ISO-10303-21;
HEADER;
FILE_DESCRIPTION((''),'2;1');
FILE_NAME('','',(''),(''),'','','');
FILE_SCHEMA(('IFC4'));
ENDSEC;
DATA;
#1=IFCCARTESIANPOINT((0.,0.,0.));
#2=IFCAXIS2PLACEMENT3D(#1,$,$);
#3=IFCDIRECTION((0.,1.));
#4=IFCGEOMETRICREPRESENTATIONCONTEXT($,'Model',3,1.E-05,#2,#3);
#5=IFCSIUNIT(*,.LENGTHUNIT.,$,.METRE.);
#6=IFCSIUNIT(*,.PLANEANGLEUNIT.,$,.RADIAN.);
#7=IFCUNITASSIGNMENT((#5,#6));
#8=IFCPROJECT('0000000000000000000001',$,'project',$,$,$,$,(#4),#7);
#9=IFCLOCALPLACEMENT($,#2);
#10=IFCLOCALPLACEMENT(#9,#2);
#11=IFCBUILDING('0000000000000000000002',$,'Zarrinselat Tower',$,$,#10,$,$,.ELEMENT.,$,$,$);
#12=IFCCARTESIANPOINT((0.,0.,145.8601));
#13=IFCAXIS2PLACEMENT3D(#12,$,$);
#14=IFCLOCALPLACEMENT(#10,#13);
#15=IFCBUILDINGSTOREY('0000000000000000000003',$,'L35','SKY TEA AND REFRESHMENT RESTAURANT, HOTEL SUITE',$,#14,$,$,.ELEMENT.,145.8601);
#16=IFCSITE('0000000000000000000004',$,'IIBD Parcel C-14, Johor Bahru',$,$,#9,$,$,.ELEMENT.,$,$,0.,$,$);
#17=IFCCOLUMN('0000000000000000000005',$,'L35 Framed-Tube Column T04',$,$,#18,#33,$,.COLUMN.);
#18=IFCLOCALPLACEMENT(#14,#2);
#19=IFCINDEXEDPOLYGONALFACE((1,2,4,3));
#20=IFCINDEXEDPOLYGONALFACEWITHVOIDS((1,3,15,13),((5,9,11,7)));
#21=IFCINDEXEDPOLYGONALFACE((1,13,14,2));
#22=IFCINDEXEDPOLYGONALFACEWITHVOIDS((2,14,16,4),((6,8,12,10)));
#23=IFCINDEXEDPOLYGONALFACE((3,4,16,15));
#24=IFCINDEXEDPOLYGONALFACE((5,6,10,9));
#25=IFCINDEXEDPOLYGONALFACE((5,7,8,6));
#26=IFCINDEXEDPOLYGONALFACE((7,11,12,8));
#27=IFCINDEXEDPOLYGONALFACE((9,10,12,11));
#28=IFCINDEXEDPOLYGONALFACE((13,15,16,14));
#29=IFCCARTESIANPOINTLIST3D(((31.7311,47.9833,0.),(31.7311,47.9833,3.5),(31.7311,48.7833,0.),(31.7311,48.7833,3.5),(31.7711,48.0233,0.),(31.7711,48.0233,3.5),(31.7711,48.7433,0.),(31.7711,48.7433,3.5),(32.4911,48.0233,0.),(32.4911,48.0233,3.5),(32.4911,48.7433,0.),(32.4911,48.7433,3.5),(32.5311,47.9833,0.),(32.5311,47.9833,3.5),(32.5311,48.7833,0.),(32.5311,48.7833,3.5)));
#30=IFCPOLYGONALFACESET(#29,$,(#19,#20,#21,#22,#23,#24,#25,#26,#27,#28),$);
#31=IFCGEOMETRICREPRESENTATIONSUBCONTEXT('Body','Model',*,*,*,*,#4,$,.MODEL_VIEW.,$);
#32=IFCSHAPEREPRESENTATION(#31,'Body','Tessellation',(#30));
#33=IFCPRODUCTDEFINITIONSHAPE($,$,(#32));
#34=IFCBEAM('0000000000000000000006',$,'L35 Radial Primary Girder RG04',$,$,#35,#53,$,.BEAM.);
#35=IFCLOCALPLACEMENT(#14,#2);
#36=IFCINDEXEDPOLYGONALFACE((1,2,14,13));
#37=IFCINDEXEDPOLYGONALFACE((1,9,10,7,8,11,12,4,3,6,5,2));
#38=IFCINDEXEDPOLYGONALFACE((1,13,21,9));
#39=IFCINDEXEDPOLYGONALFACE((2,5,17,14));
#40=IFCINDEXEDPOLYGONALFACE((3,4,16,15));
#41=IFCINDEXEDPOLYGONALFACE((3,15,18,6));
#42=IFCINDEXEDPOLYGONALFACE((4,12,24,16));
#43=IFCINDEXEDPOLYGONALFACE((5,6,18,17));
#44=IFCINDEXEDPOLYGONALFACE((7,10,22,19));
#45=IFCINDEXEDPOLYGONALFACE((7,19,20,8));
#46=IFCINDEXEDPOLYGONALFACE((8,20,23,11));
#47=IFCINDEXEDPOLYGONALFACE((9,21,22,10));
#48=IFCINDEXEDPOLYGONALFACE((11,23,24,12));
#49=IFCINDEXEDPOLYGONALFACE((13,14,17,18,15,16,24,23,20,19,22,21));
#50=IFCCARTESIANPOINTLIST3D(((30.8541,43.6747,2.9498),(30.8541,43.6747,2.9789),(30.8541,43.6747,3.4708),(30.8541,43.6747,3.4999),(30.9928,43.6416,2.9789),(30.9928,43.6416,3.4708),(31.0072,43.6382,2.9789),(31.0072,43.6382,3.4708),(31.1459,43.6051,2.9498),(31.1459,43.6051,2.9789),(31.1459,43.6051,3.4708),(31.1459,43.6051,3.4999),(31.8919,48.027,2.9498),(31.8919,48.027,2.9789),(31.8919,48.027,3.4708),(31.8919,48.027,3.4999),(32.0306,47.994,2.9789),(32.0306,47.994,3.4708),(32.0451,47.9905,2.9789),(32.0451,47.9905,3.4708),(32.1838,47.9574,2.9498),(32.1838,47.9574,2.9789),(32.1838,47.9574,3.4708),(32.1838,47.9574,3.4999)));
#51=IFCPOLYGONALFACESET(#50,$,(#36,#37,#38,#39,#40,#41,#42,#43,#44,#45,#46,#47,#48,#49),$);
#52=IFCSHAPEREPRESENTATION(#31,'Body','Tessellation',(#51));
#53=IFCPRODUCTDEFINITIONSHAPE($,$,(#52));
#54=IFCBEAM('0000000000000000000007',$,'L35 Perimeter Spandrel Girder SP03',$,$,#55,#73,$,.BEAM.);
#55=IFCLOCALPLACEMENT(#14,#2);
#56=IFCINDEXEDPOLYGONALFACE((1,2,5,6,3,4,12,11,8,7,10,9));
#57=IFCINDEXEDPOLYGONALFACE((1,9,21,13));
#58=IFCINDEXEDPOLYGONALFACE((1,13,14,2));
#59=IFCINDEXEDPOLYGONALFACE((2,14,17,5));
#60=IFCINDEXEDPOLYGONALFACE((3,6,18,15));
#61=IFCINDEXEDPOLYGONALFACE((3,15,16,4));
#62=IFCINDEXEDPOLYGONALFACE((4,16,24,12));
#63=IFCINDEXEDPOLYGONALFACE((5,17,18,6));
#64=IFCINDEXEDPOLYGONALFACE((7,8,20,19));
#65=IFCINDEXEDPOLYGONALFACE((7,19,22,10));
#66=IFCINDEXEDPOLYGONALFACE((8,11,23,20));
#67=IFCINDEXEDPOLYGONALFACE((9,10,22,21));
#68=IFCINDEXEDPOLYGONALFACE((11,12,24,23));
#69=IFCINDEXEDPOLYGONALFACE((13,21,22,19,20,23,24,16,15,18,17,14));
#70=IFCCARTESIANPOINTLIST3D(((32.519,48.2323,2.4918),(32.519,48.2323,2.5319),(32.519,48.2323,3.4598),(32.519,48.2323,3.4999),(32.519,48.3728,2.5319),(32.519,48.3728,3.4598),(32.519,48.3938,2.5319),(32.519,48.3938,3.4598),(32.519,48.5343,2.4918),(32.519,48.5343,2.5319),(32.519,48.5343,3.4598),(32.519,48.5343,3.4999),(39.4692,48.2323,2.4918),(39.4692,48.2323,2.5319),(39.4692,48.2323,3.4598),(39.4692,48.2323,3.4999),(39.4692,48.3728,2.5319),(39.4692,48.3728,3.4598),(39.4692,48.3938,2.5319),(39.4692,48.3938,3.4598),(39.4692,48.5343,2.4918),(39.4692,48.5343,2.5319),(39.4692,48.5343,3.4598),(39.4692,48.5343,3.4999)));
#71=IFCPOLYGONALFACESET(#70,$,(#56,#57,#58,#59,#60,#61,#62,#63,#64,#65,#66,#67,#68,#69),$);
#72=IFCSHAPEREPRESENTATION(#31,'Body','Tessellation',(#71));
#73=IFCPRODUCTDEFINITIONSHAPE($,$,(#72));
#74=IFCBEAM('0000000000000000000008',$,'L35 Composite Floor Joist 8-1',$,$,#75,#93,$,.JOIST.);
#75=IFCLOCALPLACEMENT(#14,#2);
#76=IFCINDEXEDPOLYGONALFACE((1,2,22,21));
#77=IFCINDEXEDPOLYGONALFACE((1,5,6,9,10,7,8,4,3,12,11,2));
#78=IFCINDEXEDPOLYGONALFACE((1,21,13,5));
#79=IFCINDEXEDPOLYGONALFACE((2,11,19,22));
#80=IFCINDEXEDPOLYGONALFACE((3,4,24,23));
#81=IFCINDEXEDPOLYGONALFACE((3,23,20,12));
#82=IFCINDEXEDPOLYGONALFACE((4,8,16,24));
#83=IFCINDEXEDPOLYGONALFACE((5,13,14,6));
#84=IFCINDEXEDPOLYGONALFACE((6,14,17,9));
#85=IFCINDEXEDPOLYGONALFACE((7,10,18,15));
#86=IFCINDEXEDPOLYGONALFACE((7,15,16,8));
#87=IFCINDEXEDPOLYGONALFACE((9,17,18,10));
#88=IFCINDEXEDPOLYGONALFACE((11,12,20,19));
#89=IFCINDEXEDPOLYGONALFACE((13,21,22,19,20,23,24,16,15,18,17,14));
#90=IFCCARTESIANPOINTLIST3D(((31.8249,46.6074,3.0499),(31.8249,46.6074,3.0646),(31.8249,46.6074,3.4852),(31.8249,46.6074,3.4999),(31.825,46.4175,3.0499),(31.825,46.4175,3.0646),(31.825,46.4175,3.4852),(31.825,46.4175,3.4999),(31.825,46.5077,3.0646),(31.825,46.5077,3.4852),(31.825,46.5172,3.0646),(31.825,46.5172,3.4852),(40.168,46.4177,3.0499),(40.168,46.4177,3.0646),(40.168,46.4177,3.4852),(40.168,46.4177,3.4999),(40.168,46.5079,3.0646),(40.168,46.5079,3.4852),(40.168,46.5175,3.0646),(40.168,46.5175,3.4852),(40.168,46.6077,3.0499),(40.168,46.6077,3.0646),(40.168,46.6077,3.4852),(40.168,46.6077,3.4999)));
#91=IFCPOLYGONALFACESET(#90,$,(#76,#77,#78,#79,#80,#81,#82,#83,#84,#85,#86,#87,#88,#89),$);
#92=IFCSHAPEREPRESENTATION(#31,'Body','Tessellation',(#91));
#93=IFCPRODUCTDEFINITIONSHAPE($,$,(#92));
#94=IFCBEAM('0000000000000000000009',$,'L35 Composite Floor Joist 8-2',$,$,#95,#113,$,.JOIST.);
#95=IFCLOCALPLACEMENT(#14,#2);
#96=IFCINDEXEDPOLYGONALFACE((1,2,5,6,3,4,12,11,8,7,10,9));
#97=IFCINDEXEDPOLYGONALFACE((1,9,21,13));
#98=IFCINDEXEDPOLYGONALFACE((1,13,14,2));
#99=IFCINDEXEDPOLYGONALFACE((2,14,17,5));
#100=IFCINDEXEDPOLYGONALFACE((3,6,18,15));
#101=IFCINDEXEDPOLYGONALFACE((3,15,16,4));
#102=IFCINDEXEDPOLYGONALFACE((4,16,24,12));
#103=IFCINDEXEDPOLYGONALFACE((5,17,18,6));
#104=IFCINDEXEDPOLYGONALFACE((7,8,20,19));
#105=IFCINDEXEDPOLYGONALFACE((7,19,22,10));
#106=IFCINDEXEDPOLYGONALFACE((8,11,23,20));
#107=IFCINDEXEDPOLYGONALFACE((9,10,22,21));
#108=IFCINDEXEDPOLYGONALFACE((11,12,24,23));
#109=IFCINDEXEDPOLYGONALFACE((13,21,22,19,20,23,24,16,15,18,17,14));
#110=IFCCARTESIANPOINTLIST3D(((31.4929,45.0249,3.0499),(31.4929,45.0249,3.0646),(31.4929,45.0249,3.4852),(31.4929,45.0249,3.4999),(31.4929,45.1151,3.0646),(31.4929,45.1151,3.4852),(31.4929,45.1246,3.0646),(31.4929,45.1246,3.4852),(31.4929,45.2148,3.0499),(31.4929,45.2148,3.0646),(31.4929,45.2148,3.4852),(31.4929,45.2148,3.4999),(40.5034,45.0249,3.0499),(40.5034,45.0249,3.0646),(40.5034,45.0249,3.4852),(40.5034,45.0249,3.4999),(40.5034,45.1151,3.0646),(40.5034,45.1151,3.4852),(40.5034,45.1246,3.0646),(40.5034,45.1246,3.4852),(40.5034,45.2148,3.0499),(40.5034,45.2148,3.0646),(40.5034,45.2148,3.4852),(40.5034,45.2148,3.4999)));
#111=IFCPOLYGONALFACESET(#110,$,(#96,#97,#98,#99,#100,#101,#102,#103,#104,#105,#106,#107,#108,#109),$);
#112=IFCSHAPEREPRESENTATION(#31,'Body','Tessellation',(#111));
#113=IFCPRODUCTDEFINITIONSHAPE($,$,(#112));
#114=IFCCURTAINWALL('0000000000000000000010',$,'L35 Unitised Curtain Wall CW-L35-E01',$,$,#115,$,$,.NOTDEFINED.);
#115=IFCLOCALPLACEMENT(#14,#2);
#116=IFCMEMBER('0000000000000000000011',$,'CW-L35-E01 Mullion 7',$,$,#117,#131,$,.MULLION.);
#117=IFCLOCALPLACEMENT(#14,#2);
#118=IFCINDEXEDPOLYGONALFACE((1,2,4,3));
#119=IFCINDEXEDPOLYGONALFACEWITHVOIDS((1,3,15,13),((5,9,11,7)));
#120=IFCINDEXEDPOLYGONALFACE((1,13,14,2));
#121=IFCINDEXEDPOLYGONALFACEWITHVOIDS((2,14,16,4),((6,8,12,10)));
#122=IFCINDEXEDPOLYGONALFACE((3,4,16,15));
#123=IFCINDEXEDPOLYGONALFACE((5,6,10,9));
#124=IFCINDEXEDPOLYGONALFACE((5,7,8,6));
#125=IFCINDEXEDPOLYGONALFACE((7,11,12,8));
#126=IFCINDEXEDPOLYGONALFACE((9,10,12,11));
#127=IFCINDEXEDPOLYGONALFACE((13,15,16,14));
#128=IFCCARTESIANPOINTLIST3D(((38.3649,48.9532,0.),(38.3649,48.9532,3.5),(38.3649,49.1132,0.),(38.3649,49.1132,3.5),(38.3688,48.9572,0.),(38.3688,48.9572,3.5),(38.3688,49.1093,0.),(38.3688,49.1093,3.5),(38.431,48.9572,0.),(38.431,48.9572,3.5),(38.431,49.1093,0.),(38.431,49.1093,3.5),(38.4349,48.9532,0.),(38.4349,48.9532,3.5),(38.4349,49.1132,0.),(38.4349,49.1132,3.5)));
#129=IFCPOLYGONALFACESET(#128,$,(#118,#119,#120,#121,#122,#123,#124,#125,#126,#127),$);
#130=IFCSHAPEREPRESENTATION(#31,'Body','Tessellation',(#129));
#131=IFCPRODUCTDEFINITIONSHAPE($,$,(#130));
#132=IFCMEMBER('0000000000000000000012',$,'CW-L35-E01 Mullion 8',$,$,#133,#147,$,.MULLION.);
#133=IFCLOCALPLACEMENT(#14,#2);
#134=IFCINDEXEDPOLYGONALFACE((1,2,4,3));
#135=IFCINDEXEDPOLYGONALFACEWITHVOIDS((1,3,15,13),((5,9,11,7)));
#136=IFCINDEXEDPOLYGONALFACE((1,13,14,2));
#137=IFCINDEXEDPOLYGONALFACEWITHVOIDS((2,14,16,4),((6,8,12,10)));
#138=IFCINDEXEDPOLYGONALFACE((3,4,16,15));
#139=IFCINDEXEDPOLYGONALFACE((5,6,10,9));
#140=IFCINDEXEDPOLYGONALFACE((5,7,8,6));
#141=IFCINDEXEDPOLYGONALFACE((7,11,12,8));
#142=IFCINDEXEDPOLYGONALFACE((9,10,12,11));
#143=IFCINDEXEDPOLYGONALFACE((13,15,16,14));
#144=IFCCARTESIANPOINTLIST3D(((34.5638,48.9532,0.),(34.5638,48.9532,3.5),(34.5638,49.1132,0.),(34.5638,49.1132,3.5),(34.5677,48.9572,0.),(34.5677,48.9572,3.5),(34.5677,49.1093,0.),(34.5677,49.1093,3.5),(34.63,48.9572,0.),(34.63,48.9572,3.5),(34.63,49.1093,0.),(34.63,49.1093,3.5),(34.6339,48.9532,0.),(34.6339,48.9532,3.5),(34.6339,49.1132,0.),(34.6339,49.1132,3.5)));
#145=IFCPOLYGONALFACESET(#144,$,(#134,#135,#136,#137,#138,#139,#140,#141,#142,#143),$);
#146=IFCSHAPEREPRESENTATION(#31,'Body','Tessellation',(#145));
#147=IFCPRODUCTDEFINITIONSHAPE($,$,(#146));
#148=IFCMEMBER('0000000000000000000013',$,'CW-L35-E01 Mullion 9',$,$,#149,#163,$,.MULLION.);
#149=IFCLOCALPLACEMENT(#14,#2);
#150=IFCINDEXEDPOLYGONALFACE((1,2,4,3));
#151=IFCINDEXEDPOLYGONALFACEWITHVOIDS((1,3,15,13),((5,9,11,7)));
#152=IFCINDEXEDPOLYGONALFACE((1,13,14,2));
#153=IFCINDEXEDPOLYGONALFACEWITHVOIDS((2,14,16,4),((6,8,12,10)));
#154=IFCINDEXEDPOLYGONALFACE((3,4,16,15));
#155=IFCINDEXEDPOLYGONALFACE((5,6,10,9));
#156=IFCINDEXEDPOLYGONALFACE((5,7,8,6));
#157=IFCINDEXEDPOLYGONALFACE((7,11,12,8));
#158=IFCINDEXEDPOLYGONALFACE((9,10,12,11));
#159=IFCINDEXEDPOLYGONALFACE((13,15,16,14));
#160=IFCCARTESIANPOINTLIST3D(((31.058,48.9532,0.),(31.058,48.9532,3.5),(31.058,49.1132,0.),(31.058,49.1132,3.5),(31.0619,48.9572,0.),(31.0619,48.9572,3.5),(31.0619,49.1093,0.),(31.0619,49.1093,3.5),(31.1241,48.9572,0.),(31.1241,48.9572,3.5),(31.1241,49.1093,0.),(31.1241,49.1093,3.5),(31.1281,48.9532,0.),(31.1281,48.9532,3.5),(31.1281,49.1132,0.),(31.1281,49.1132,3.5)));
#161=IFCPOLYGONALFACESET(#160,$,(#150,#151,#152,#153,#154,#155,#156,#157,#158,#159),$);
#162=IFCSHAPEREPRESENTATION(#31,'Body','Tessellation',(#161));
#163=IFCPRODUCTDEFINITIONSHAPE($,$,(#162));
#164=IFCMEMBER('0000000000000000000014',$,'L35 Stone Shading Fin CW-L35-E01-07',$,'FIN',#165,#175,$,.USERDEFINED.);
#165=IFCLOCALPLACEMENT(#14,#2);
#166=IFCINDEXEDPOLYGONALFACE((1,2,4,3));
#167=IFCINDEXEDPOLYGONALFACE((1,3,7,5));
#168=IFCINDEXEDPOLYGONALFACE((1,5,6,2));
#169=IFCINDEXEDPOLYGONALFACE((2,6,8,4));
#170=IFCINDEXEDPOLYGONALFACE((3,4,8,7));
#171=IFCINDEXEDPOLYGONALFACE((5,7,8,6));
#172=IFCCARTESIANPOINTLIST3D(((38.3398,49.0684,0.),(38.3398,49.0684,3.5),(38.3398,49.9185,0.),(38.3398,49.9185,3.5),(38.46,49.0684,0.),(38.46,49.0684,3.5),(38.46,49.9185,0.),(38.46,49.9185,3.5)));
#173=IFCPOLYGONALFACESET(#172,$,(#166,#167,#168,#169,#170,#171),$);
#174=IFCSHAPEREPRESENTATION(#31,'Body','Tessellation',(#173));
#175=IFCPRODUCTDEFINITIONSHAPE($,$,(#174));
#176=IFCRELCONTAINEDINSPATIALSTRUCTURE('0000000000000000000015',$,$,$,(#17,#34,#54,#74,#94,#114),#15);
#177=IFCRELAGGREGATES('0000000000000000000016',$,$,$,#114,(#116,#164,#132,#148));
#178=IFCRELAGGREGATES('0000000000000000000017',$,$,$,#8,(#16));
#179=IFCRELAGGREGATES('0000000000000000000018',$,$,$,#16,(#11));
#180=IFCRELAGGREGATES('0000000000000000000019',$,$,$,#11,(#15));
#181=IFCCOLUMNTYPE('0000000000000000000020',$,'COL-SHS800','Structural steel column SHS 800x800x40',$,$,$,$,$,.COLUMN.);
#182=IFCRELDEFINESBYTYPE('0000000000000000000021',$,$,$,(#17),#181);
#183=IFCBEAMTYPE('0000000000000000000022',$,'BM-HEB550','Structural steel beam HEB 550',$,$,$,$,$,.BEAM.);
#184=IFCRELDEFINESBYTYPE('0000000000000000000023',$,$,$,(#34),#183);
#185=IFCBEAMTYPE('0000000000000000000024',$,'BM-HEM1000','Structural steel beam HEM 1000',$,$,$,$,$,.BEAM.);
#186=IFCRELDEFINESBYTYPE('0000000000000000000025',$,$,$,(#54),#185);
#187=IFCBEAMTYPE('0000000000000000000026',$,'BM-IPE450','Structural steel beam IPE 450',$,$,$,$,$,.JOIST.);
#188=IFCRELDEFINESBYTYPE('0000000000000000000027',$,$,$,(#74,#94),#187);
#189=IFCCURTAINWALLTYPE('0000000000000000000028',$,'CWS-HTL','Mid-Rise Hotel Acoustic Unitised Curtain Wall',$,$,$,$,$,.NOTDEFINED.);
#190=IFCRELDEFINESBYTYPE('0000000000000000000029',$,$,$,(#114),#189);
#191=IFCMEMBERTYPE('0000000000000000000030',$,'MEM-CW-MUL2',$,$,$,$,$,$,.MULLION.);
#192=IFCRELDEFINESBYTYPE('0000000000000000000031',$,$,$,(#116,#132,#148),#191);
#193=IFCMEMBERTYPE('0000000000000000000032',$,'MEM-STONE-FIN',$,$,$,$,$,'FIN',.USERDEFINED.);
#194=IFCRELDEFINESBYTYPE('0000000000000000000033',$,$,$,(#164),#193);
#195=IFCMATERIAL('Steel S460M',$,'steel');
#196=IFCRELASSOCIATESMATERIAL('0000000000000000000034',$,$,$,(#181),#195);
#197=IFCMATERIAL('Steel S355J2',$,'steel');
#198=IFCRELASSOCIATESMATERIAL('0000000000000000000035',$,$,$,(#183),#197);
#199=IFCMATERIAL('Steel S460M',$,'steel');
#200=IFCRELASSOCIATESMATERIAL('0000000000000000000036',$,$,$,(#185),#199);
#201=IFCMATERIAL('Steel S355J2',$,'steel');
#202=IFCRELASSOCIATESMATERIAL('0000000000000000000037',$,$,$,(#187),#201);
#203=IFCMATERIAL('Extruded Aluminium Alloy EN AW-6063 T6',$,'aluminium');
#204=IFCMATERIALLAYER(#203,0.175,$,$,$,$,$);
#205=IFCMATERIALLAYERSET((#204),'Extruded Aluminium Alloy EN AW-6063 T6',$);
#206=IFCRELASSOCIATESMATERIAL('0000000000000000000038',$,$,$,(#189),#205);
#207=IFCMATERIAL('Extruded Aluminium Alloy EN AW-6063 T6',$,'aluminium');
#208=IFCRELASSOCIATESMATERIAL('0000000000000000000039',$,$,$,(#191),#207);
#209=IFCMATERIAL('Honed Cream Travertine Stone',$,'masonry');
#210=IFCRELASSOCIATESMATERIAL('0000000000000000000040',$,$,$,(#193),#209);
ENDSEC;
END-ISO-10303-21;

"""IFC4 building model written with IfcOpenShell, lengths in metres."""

from ifc_helpers import new_model, si_unit, direction, frame, origin, origin_2d, place, context, subcontext, project, spatial, rectangle, hollow_rectangle, i_section, extrude, material, layer, layer_set, material_profile, profile_set, type_object, element, aggregate, save


model = new_model("IFC4")

# Units and contexts
model_context = context("Model", 3, precision=1e-05, world=origin(), true_north=direction((0.0, 1.0)))
body_context = subcontext(model_context, "Body", "Model", "MODEL_VIEW")
ifc_project = project(units=[si_unit("LENGTHUNIT", "METRE"), si_unit("PLANEANGLEUNIT", "RADIAN")], contexts=[model_context])

# Site, building, storey
site_placement = place(None, origin())
site = spatial("IfcSite", under=ifc_project, at=site_placement, Name="IIBD Parcel C-14, Johor Bahru", CompositionType="ELEMENT", RefElevation=0.0)
building_placement = place(site_placement, origin())
building = spatial("IfcBuilding", under=site, at=building_placement, Name="Zarrinselat Tower", CompositionType="ELEMENT")
storey_placement = place(building_placement, frame((0.0, 0.0, 145.8601)))
storey = spatial("IfcBuildingStorey", under=building, at=storey_placement, Name="L35", Description="SKY TEA AND REFRESHMENT RESTAURANT, HOTEL SUITE", CompositionType="ELEMENT", Elevation=145.8601)

# Column
ifc_material_1 = material(Name="Steel S460M", Category="steel")
ifc_material_profile_1 = material_profile(ifc_material_1, hollow_rectangle(XDim=0.8, YDim=0.8, WallThickness=0.04, at=origin_2d()), Name="SHS 800x800x40")
ifc_profile_set_1 = profile_set([ifc_material_profile_1], Name="Steel S460M")
column_type = type_object("IfcColumnType", Name="COL-SHS800", Description="Structural steel column SHS 800x800x40", PredefinedType="COLUMN", material=ifc_profile_set_1)
column_placement = place(storey_placement, frame((32.1311, 48.3833, 0.0), z_axis=(0.0, 0.0, 1.0), x_axis=(1.0, 0.0, 0.0)))
element("IfcColumn", 1, at=column_placement, inside=storey, type_object=column_type, Name="L35 Framed-Tube Column T04", PredefinedType="COLUMN", context=body_context, shape_type="SweptSolid", body=[
    extrude(hollow_rectangle(XDim=0.8, YDim=0.8, WallThickness=0.04, at=origin_2d()), origin(), (0.0, 0.0, 1.0), 3.5),
])

# Beams
ifc_material_2 = material(Name="Steel S355J2", Category="steel")
ifc_material_profile_2 = material_profile(ifc_material_2, i_section(OverallWidth=0.3, OverallDepth=0.55, WebThickness=0.0149, FlangeThickness=0.0291, at=origin_2d()), Name="HEB 550")
ifc_profile_set_2 = profile_set([ifc_material_profile_2], Name="Steel S355J2")
beam_type_1 = type_object("IfcBeamType", Name="BM-HEB550", Description="Structural steel beam HEB 550", PredefinedType="BEAM", material=ifc_profile_set_2)
beam_1_placement = place(storey_placement, frame((31.0, 43.6399, 3.2249), z_axis=(0.231955, 0.972727, 0.0), x_axis=(-0.972727, 0.231955, 0.0)))
element("IfcBeam", 2, at=beam_1_placement, inside=storey, type_object=beam_type_1, Name="L35 Radial Primary Girder RG04", PredefinedType="BEAM", context=body_context, shape_type="SweptSolid", body=[
    extrude(i_section(OverallWidth=0.3, OverallDepth=0.55, WebThickness=0.0149, FlangeThickness=0.0291, at=origin_2d()), origin(), (0.0, 0.0, 1.0), 4.4744),
])
ifc_material_3 = material(Name="Steel S460M", Category="steel")
ifc_material_profile_3 = material_profile(ifc_material_3, i_section(OverallWidth=0.302, OverallDepth=1.0081, WebThickness=0.021, FlangeThickness=0.04, at=origin_2d()), Name="HEM 1000")
ifc_profile_set_3 = profile_set([ifc_material_profile_3], Name="Steel S460M")
beam_type_2 = type_object("IfcBeamType", Name="BM-HEM1000", Description="Structural steel beam HEM 1000", PredefinedType="BEAM", material=ifc_profile_set_3)
beam_2_placement = place(storey_placement, frame((32.519, 48.3833, 2.9958), z_axis=(1.0, 0.0, 0.0), x_axis=(0.0, 1.0, 0.0)))
element("IfcBeam", 3, at=beam_2_placement, inside=storey, type_object=beam_type_2, Name="L35 Perimeter Spandrel Girder SP03", PredefinedType="BEAM", context=body_context, shape_type="SweptSolid", body=[
    extrude(i_section(OverallWidth=0.302, OverallDepth=1.0081, WebThickness=0.021, FlangeThickness=0.04, at=origin_2d()), origin(), (0.0, 0.0, 1.0), 6.9502),
])
ifc_material_4 = material(Name="Steel S355J2", Category="steel")
ifc_material_profile_4 = material_profile(ifc_material_4, i_section(OverallWidth=0.1899, OverallDepth=0.45, WebThickness=0.0095, FlangeThickness=0.0146, at=origin_2d()), Name="IPE 450")
ifc_profile_set_4 = profile_set([ifc_material_profile_4], Name="Steel S355J2")
beam_type_3 = type_object("IfcBeamType", Name="BM-IPE450", Description="Structural steel beam IPE 450", PredefinedType="JOIST", material=ifc_profile_set_4)
beam_3_placement = place(storey_placement, frame((31.825, 46.5125, 3.2749), z_axis=(1.0, 0.000029, 0.0), x_axis=(-0.000029, 1.0, 0.0)))
element("IfcBeam", 4, at=beam_3_placement, inside=storey, type_object=beam_type_3, Name="L35 Composite Floor Joist 8-1", PredefinedType="JOIST", context=body_context, shape_type="SweptSolid", body=[
    extrude(i_section(OverallWidth=0.1899, OverallDepth=0.45, WebThickness=0.0095, FlangeThickness=0.0146, at=origin_2d()), origin(), (0.0, 0.0, 1.0), 8.343),
])
beam_4_placement = place(storey_placement, frame((31.4929, 45.1199, 3.2749), z_axis=(1.0, 0.0, 0.0), x_axis=(0.0, 1.0, 0.0)))
element("IfcBeam", 5, at=beam_4_placement, inside=storey, type_object=beam_type_3, Name="L35 Composite Floor Joist 8-2", PredefinedType="JOIST", context=body_context, shape_type="SweptSolid", body=[
    extrude(i_section(OverallWidth=0.1899, OverallDepth=0.45, WebThickness=0.0095, FlangeThickness=0.0146, at=origin_2d()), origin(), (0.0, 0.0, 1.0), 9.0105),
])

# Curtain wall, members
ifc_material_5 = material(Name="Extruded Aluminium Alloy EN AW-6063 T6", Category="aluminium")
ifc_layer_1 = layer(ifc_material_5, 0.175)
ifc_layer_set_1 = layer_set([ifc_layer_1], Name="Extruded Aluminium Alloy EN AW-6063 T6")
curtain_wall_type = type_object("IfcCurtainWallType", Name="CWS-HTL", Description="Mid-Rise Hotel Acoustic Unitised Curtain Wall", PredefinedType="NOTDEFINED", material=ifc_layer_set_1)
curtain_wall_placement = place(storey_placement, origin())
curtain_wall = element("IfcCurtainWall", 6, at=curtain_wall_placement, inside=storey, type_object=curtain_wall_type, Name="L35 Unitised Curtain Wall CW-L35-E01", PredefinedType="NOTDEFINED")
ifc_material_6 = material(Name="Extruded Aluminium Alloy EN AW-6063 T6", Category="aluminium")
ifc_material_profile_5 = material_profile(ifc_material_6, hollow_rectangle(XDim=0.0701, YDim=0.1599, WallThickness=0.0039, at=origin_2d()), Name="RHS 160x70x4")
ifc_profile_set_5 = profile_set([ifc_material_profile_5], Name="Extruded Aluminium Alloy EN AW-6063 T6")
member_type_1 = type_object("IfcMemberType", Name="MEM-CW-MUL2", PredefinedType="MULLION", material=ifc_profile_set_5)
member_1_placement = place(storey_placement, frame((38.3999, 49.0332, 0.0), z_axis=(0.0, 0.0, 1.0), x_axis=(-1.0, 0.0, 0.0)))
member_1 = element("IfcMember", 7, at=member_1_placement, type_object=member_type_1, Name="CW-L35-E01 Mullion 7", PredefinedType="MULLION", context=body_context, shape_type="SweptSolid", body=[
    extrude(hollow_rectangle(XDim=0.0701, YDim=0.1599, WallThickness=0.0039, at=origin_2d()), origin(), (0.0, 0.0, 1.0), 3.5),
])
member_2_placement = place(storey_placement, frame((34.5989, 49.0332, 0.0), z_axis=(0.0, 0.0, 1.0), x_axis=(-1.0, 0.0, 0.0)))
member_2 = element("IfcMember", 8, at=member_2_placement, type_object=member_type_1, Name="CW-L35-E01 Mullion 8", PredefinedType="MULLION", context=body_context, shape_type="SweptSolid", body=[
    extrude(hollow_rectangle(XDim=0.0701, YDim=0.1599, WallThickness=0.0039, at=origin_2d()), origin(), (0.0, 0.0, 1.0), 3.5),
])
member_3_placement = place(storey_placement, frame((31.093, 49.0332, 0.0), z_axis=(0.0, 0.0, 1.0), x_axis=(-1.0, 0.0, 0.0)))
member_3 = element("IfcMember", 9, at=member_3_placement, type_object=member_type_1, Name="CW-L35-E01 Mullion 9", PredefinedType="MULLION", context=body_context, shape_type="SweptSolid", body=[
    extrude(hollow_rectangle(XDim=0.0701, YDim=0.1599, WallThickness=0.0039, at=origin_2d()), origin(), (0.0, 0.0, 1.0), 3.5),
])
ifc_material_7 = material(Name="Honed Cream Travertine Stone", Category="masonry")
ifc_material_profile_6 = material_profile(ifc_material_7, rectangle(XDim=0.1201, YDim=0.8501, at=origin_2d()), Name="FIN 850x120")
ifc_profile_set_6 = profile_set([ifc_material_profile_6], Name="Honed Cream Travertine Stone")
member_type_2 = type_object("IfcMemberType", Name="MEM-STONE-FIN", ElementType="FIN", PredefinedType="USERDEFINED", material=ifc_profile_set_6)
member_4_placement = place(storey_placement, frame((38.3999, 49.4934, 0.0), z_axis=(0.0, 0.0, 1.0), x_axis=(1.0, 0.0, 0.0)))
member_4 = element("IfcMember", 10, at=member_4_placement, type_object=member_type_2, Name="L35 Stone Shading Fin CW-L35-E01-07", ObjectType="FIN", PredefinedType="USERDEFINED", context=body_context, shape_type="SweptSolid", body=[
    extrude(rectangle(XDim=0.1201, YDim=0.8501, at=origin_2d()), origin(), (0.0, 0.0, 1.0), 3.5),
])
aggregate(curtain_wall, [member_1, member_4, member_2, member_3])

save(model, "model.ifc")
